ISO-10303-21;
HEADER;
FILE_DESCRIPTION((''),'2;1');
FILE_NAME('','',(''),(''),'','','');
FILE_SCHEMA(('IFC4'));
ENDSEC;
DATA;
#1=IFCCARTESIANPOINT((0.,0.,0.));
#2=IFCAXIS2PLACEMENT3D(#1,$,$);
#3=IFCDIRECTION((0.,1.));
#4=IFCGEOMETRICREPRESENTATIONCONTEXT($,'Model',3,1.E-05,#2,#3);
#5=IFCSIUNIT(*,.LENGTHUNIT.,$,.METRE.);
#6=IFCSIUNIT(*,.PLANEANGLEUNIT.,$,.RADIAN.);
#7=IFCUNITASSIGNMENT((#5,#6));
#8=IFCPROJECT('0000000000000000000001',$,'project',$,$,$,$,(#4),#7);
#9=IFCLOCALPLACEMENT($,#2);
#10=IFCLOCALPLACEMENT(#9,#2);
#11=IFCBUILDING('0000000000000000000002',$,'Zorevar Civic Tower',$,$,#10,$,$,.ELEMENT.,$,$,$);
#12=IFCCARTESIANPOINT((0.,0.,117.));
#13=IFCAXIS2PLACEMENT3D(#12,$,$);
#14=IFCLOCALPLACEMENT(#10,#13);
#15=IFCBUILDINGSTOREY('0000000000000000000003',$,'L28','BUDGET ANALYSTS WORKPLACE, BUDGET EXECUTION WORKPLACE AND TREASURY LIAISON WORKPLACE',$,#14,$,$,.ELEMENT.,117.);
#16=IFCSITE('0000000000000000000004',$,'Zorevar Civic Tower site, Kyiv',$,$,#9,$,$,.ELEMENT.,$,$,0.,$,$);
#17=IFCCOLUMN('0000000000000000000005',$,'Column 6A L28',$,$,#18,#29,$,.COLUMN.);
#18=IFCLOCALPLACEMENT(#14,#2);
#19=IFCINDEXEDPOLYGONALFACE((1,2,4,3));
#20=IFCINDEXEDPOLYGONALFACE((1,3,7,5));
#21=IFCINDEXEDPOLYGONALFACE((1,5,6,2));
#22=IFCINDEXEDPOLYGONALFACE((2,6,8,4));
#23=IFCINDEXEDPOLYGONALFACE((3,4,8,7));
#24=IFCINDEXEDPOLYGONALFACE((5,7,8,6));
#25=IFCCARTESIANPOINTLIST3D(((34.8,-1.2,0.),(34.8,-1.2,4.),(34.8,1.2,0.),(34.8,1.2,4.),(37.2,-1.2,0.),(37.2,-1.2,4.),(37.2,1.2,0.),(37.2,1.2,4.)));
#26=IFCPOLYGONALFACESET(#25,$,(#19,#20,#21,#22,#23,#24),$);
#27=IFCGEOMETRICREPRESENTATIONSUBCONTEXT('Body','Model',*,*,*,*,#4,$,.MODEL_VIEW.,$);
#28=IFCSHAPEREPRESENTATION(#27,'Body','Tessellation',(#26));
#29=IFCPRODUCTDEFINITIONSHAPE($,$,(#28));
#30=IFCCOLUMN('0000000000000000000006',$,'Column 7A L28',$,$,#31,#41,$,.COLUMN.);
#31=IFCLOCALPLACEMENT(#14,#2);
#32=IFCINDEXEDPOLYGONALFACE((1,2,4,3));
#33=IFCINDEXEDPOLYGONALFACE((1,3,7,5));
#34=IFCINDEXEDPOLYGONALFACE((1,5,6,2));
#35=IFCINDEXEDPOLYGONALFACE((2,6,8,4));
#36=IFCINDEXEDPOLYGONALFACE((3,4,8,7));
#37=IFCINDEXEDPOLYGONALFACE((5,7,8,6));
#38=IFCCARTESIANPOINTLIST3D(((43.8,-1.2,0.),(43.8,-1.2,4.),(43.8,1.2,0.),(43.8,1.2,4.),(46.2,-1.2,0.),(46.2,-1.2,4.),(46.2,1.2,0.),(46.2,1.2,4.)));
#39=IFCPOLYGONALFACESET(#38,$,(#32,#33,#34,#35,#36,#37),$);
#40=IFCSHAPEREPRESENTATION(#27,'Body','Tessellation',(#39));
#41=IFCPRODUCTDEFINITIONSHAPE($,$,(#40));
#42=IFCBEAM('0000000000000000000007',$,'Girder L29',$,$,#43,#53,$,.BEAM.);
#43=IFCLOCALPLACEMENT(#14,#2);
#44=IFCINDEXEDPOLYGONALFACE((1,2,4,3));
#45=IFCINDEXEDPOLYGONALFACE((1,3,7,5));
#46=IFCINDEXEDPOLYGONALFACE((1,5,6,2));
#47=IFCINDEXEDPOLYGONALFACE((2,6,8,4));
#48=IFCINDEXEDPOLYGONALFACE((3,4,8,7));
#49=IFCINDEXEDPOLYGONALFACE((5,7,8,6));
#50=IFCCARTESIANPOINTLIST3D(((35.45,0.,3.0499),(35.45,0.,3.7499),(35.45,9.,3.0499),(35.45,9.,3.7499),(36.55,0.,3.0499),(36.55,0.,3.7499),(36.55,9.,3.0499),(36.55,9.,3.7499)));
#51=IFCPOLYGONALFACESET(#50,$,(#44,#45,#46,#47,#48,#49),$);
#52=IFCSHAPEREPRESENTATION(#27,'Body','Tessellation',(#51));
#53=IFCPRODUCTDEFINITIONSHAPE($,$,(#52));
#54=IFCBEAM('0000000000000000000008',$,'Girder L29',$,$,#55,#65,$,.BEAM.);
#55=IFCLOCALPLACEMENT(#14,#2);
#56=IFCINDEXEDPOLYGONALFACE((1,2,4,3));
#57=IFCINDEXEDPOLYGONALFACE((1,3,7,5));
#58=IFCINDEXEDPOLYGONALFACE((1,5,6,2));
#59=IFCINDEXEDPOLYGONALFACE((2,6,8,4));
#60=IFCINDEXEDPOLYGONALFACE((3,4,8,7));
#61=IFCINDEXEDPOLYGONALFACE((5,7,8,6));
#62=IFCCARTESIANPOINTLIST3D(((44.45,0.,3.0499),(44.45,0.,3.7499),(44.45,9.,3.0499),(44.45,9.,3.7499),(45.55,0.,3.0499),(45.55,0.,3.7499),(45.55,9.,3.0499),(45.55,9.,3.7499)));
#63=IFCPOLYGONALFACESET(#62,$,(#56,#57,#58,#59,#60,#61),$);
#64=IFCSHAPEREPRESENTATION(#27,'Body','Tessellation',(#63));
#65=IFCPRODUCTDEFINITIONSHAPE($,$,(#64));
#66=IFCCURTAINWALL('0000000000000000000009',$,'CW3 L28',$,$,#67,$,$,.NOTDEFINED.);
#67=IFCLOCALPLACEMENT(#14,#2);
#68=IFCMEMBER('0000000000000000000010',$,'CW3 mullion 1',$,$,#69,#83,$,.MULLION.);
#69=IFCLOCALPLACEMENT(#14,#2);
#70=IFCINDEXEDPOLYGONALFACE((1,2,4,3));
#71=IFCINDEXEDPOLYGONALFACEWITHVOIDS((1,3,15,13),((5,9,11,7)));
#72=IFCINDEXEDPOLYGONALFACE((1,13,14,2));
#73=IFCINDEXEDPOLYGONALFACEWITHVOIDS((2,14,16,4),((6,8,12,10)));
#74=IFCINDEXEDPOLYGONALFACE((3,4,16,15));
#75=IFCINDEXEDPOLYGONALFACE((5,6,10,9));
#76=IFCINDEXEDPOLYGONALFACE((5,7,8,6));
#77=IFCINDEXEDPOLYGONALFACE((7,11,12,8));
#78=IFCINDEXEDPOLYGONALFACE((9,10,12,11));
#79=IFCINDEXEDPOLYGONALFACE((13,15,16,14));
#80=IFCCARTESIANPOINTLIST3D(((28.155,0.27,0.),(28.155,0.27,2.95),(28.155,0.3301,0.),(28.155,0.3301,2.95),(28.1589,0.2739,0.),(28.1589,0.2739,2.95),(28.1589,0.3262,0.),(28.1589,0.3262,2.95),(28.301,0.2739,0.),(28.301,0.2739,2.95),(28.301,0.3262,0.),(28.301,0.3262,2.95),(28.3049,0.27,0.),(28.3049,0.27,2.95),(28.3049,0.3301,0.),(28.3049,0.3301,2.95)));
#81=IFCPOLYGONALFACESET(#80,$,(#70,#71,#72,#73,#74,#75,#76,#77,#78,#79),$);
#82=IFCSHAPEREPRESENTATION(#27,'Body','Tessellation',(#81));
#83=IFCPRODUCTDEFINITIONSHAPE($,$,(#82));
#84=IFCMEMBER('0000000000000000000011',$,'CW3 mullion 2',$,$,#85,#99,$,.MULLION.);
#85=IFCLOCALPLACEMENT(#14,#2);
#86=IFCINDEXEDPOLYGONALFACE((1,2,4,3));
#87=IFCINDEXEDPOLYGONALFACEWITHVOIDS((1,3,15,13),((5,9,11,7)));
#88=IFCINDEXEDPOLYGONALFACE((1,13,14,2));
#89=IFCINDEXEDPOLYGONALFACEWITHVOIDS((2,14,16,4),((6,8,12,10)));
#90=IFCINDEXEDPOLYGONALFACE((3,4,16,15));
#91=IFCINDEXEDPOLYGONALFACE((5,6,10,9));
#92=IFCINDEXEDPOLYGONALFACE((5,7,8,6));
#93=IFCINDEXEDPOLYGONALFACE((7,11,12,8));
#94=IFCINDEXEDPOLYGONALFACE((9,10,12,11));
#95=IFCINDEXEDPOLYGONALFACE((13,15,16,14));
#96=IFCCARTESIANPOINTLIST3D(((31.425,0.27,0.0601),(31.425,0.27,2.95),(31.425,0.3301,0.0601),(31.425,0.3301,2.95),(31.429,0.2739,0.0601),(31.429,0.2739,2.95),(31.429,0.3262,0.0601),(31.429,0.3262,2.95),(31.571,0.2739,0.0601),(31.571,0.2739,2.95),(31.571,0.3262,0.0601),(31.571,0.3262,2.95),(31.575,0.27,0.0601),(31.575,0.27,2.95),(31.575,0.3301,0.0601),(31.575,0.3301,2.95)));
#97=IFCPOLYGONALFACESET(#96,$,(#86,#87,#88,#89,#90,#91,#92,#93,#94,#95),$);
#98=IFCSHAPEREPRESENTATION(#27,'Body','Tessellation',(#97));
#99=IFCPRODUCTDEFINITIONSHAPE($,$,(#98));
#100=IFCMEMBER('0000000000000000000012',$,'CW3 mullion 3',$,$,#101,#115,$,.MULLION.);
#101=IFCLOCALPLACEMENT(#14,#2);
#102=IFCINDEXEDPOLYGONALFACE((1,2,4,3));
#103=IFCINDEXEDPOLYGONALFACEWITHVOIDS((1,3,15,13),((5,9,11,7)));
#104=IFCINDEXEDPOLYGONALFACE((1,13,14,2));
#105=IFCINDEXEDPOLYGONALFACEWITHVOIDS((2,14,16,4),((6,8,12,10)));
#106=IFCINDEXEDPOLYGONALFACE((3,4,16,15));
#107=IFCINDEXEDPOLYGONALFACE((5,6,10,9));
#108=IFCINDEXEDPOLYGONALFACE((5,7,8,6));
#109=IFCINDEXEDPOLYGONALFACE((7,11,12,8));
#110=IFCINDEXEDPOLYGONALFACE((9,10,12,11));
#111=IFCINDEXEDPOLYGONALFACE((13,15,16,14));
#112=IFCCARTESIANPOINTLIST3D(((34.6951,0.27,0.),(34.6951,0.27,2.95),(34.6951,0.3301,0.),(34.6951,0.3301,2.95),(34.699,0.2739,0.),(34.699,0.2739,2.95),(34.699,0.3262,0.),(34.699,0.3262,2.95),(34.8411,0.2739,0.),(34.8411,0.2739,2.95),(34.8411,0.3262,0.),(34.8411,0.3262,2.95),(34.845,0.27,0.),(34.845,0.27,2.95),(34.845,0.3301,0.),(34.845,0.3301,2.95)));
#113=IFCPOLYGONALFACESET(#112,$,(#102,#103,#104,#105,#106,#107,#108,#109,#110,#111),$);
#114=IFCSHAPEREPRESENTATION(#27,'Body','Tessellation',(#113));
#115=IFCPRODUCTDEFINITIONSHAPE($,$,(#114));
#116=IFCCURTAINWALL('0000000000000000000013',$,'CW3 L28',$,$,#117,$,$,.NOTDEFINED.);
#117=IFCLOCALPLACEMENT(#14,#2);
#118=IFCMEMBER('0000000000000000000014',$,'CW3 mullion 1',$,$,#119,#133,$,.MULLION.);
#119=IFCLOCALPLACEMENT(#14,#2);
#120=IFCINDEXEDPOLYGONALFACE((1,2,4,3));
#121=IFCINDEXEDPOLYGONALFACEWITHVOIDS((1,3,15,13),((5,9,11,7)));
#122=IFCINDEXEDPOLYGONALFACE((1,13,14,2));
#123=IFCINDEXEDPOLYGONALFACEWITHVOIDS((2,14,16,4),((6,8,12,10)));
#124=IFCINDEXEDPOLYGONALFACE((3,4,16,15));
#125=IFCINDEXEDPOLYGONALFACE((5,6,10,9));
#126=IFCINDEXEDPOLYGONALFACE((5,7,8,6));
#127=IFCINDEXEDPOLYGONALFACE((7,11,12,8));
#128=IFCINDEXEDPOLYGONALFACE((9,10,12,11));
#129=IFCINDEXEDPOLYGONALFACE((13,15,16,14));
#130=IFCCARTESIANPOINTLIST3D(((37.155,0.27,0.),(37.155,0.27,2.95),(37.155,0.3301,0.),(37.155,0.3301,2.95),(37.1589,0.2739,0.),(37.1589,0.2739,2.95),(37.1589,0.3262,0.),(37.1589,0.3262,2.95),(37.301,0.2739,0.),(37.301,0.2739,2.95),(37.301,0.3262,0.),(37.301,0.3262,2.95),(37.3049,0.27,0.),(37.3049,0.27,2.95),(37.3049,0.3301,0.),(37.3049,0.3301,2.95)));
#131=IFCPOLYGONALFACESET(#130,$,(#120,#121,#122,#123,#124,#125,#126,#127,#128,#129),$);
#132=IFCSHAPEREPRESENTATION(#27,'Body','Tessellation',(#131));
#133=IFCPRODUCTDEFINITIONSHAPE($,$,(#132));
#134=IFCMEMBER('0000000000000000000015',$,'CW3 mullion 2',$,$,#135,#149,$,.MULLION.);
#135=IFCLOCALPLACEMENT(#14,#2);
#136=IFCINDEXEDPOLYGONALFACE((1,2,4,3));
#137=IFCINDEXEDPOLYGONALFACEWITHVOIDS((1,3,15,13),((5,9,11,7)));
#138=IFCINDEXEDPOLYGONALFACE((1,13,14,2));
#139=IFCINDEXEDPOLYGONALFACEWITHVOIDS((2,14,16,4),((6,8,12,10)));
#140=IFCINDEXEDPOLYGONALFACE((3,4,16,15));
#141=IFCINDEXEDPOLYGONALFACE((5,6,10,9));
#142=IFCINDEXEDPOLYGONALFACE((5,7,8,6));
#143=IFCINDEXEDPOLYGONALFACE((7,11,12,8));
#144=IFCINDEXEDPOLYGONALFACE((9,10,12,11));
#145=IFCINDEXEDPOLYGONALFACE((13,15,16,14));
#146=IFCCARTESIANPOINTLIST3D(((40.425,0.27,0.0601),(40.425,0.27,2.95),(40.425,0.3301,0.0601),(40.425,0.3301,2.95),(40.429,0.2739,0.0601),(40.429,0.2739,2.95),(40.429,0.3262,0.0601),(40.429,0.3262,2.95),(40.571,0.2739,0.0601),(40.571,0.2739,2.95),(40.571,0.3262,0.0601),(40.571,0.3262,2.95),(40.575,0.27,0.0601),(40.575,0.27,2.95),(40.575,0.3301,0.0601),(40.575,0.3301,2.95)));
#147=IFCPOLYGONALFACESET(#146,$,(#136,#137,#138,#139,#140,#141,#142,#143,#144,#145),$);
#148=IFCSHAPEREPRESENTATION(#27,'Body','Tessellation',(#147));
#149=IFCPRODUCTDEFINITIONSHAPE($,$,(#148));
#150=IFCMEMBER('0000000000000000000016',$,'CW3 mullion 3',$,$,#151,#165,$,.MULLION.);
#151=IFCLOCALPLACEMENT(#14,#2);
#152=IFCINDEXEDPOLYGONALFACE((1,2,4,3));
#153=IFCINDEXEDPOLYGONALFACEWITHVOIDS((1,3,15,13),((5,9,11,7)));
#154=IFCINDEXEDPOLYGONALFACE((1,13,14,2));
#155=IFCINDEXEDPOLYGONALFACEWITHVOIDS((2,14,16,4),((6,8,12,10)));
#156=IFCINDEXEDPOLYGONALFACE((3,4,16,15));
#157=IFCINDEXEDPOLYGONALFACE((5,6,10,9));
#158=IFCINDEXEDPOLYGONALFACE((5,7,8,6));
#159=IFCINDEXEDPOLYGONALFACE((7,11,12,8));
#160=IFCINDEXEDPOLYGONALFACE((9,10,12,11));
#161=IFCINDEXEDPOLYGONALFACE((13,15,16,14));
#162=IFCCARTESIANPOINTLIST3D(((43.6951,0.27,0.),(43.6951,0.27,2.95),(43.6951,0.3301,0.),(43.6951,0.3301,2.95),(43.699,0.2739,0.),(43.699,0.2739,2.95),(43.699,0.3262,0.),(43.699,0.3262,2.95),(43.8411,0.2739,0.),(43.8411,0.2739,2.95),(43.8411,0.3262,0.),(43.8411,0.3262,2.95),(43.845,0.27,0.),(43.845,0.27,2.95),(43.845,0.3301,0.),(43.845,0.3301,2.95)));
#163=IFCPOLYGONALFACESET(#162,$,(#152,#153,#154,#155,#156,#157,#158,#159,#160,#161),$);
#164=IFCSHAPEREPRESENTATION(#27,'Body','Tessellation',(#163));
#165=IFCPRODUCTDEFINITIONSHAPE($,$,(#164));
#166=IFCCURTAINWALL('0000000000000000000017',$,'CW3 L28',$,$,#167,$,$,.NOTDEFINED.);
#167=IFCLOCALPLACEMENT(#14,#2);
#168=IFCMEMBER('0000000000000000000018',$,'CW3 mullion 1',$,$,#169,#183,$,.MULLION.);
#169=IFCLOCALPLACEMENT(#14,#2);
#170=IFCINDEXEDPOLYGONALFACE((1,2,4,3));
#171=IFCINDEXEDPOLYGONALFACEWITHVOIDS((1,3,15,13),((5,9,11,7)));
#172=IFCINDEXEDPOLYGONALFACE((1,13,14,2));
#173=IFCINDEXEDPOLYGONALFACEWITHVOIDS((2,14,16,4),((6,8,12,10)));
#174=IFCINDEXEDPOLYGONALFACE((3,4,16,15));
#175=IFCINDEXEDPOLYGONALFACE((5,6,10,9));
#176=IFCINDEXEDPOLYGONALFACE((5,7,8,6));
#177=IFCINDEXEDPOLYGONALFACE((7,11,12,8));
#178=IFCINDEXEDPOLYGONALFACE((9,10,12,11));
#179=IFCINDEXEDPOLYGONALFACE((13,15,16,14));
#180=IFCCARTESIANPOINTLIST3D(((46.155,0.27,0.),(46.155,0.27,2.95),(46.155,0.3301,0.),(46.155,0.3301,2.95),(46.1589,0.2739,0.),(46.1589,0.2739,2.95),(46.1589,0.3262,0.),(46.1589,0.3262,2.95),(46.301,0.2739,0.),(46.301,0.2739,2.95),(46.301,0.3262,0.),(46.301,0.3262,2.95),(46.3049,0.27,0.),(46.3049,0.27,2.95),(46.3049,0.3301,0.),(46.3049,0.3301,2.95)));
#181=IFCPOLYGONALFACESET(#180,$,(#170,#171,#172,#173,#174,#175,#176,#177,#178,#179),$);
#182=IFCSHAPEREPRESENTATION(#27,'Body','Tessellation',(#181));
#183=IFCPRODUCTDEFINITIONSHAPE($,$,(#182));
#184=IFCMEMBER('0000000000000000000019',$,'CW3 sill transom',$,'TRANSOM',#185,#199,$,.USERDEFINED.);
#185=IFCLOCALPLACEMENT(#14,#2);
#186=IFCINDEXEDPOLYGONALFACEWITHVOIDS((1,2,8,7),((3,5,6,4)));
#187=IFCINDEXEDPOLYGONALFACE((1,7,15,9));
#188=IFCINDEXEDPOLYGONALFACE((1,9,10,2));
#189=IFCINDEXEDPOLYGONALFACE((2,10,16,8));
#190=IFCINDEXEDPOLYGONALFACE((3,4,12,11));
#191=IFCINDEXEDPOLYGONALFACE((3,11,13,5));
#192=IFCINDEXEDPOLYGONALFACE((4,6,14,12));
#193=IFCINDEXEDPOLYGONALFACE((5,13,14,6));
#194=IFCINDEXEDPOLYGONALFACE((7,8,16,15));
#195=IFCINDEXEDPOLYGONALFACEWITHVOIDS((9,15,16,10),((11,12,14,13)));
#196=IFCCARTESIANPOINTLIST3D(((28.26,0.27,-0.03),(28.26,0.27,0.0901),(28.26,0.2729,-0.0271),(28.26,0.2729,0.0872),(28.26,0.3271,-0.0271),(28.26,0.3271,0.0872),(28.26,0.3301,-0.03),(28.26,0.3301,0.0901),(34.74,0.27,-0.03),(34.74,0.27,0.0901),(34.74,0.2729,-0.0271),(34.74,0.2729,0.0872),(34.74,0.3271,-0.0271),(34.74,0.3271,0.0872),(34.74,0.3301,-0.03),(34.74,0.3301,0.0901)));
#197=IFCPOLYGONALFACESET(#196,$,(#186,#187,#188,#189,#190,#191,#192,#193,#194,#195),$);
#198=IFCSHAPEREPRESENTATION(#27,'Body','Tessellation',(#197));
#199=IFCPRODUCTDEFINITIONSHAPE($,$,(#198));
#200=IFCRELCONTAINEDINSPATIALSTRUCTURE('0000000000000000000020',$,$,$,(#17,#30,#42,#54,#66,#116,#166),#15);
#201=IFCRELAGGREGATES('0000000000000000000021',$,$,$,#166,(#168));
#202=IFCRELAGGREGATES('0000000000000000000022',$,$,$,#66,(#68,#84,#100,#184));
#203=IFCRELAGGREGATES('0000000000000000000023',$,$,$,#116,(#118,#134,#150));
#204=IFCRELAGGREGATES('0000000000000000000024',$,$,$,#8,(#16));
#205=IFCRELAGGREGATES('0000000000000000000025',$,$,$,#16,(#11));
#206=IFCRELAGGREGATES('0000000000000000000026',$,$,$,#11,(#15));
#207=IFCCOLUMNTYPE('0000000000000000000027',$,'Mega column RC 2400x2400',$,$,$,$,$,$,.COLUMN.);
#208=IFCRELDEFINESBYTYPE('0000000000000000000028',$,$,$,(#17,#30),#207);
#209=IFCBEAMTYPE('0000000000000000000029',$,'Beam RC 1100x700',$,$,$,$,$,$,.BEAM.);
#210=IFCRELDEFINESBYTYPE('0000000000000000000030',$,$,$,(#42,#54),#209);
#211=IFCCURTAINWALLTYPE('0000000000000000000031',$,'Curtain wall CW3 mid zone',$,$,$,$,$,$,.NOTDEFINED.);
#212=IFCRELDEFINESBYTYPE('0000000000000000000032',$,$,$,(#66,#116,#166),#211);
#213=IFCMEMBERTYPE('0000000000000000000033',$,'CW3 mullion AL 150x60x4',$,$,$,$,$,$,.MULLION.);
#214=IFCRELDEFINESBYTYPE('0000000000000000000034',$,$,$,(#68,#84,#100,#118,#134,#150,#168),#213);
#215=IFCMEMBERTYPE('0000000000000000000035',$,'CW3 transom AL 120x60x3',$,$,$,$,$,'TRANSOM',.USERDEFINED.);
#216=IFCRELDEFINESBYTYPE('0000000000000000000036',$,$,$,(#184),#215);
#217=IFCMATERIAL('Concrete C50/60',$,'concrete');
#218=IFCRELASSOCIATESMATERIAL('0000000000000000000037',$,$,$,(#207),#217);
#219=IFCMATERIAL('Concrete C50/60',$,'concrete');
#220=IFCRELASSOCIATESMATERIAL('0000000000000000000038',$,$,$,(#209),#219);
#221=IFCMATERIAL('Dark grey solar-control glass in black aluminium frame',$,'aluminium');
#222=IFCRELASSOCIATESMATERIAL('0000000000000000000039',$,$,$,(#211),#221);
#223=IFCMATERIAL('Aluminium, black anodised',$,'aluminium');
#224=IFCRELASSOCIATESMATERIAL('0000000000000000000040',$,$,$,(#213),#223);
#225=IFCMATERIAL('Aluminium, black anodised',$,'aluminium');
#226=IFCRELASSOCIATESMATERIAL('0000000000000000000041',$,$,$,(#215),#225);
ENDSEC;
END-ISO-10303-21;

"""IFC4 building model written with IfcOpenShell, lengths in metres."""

from ifc_helpers import new_model, si_unit, direction, frame, origin, origin_2d, place, context, subcontext, project, spatial, rectangle, hollow_rectangle, extrude, material, material_profile, profile_set, type_object, element, aggregate, save


model = new_model("IFC4")

# Units and contexts
model_context = context("Model", 3, precision=1e-05, world=origin(), true_north=direction((0.0, 1.0)))
body_context = subcontext(model_context, "Body", "Model", "MODEL_VIEW")
ifc_project = project(units=[si_unit("LENGTHUNIT", "METRE"), si_unit("PLANEANGLEUNIT", "RADIAN")], contexts=[model_context])

# Site, building, storey
site_placement = place(None, origin())
site = spatial("IfcSite", under=ifc_project, at=site_placement, Name="Zorevar Civic Tower site, Kyiv", CompositionType="ELEMENT", RefElevation=0.0)
building_placement = place(site_placement, origin())
building = spatial("IfcBuilding", under=site, at=building_placement, Name="Zorevar Civic Tower", CompositionType="ELEMENT")
storey_placement = place(building_placement, frame((0.0, 0.0, 117.0)))
storey = spatial("IfcBuildingStorey", under=building, at=storey_placement, Name="L28", Description="BUDGET ANALYSTS WORKPLACE, BUDGET EXECUTION WORKPLACE AND TREASURY LIAISON WORKPLACE", CompositionType="ELEMENT", Elevation=117.0)

# Columns
ifc_material_1 = material(Name="Concrete C50/60", Category="concrete")
ifc_material_profile_1 = material_profile(ifc_material_1, rectangle(XDim=2.3999, YDim=2.3999, at=origin_2d()), Name="RC 2400x2400")
ifc_profile_set_1 = profile_set([ifc_material_profile_1], Name="Concrete C50/60")
column_type = type_object("IfcColumnType", Name="Mega column RC 2400x2400", PredefinedType="COLUMN", material=ifc_profile_set_1)
for number, where, z_axis, x_axis, name in (
    (1, (36.0, 0.0, 0.0), (0.0, 0.0, 1.0), (1.0, 0.0, 0.0), "Column 6A L28"),
    (2, (45.0, 0.0, 0.0), (0.0, 0.0, 1.0), (1.0, 0.0, 0.0), "Column 7A L28"),
):
    element("IfcColumn", number, at=place(storey_placement, frame(where, z_axis=z_axis, x_axis=x_axis)), inside=storey, type_object=column_type, Name=name, PredefinedType="COLUMN", context=body_context, shape_type="SweptSolid", body=[
        extrude(rectangle(XDim=2.3999, YDim=2.3999, at=origin_2d()), origin(), (0.0, 0.0, 1.0), 4.0),
    ])

# Beams
ifc_material_2 = material(Name="Concrete C50/60", Category="concrete")
ifc_material_profile_2 = material_profile(ifc_material_2, rectangle(XDim=1.1001, YDim=0.7, at=origin_2d()), Name="RC 1100x700")
ifc_profile_set_2 = profile_set([ifc_material_profile_2], Name="Concrete C50/60")
beam_type_1 = type_object("IfcBeamType", Name="Beam RC 1100x700", PredefinedType="BEAM", material=ifc_profile_set_2)
for number, where, z_axis, x_axis, name in (
    (3, (36.0, 0.0, 3.3999), (0.0, 1.0, 0.0), (-1.0, 0.0, 0.0), "Girder L29"),
    (4, (45.0, 0.0, 3.3999), (0.0, 1.0, 0.0), (-1.0, 0.0, 0.0), "Girder L29"),
):
    element("IfcBeam", number, at=place(storey_placement, frame(where, z_axis=z_axis, x_axis=x_axis)), inside=storey, type_object=beam_type_1, Name=name, PredefinedType="BEAM", context=body_context, shape_type="SweptSolid", body=[
        extrude(rectangle(XDim=1.1001, YDim=0.7, at=origin_2d()), origin(), (0.0, 0.0, 1.0), 9.0),
    ])

# Curtain walls, members
ifc_material_3 = material(Name="Dark grey solar-control glass in black aluminium frame", Category="aluminium")
curtain_wall_type = type_object("IfcCurtainWallType", Name="Curtain wall CW3 mid zone", PredefinedType="NOTDEFINED", material=ifc_material_3)
curtain_wall_1_placement = place(storey_placement, origin())
curtain_wall_1 = element("IfcCurtainWall", 5, at=curtain_wall_1_placement, inside=storey, type_object=curtain_wall_type, Name="CW3 L28", PredefinedType="NOTDEFINED")
ifc_material_4 = material(Name="Aluminium, black anodised", Category="aluminium")
ifc_material_profile_3 = material_profile(ifc_material_4, hollow_rectangle(XDim=0.0601, YDim=0.1499, WallThickness=0.0039, at=origin_2d()), Name="AL 150x60x4")
ifc_profile_set_3 = profile_set([ifc_material_profile_3], Name="Aluminium, black anodised")
member_type_1 = type_object("IfcMemberType", Name="CW3 mullion AL 150x60x4", PredefinedType="MULLION", material=ifc_profile_set_3)
member_1_placement = place(storey_placement, frame((28.23, 0.3, 0.0), z_axis=(0.0, 0.0, 1.0), x_axis=(0.0, 1.0, 0.0)))
member_1 = element("IfcMember", 6, at=member_1_placement, type_object=member_type_1, Name="CW3 mullion 1", PredefinedType="MULLION", context=body_context, shape_type="SweptSolid", body=[
    extrude(hollow_rectangle(XDim=0.0601, YDim=0.1499, WallThickness=0.0039, at=origin_2d()), origin(), (0.0, 0.0, 1.0), 2.95),
])
member_2_placement = place(storey_placement, frame((31.5, 0.3, 0.0601), z_axis=(0.0, 0.0, 1.0), x_axis=(0.0, 1.0, 0.0)))
member_2 = element("IfcMember", 7, at=member_2_placement, type_object=member_type_1, Name="CW3 mullion 2", PredefinedType="MULLION", context=body_context, shape_type="SweptSolid", body=[
    extrude(hollow_rectangle(XDim=0.0601, YDim=0.1499, WallThickness=0.0039, at=origin_2d()), origin(), (0.0, 0.0, 1.0), 2.8899),
])
member_3_placement = place(storey_placement, frame((34.77, 0.3, 0.0), z_axis=(0.0, 0.0, 1.0), x_axis=(0.0, 1.0, 0.0)))
member_3 = element("IfcMember", 8, at=member_3_placement, type_object=member_type_1, Name="CW3 mullion 3", PredefinedType="MULLION", context=body_context, shape_type="SweptSolid", body=[
    extrude(hollow_rectangle(XDim=0.0601, YDim=0.1499, WallThickness=0.0039, at=origin_2d()), origin(), (0.0, 0.0, 1.0), 2.95),
])
curtain_wall_2_placement = place(storey_placement, origin())
curtain_wall_2 = element("IfcCurtainWall", 9, at=curtain_wall_2_placement, inside=storey, type_object=curtain_wall_type, Name="CW3 L28", PredefinedType="NOTDEFINED")
member_4_placement = place(storey_placement, frame((37.23, 0.3, 0.0), z_axis=(0.0, 0.0, 1.0), x_axis=(0.0, 1.0, 0.0)))
member_4 = element("IfcMember", 10, at=member_4_placement, type_object=member_type_1, Name="CW3 mullion 1", PredefinedType="MULLION", context=body_context, shape_type="SweptSolid", body=[
    extrude(hollow_rectangle(XDim=0.0601, YDim=0.1499, WallThickness=0.0039, at=origin_2d()), origin(), (0.0, 0.0, 1.0), 2.95),
])
member_5_placement = place(storey_placement, frame((40.5, 0.3, 0.0601), z_axis=(0.0, 0.0, 1.0), x_axis=(0.0, 1.0, 0.0)))
member_5 = element("IfcMember", 11, at=member_5_placement, type_object=member_type_1, Name="CW3 mullion 2", PredefinedType="MULLION", context=body_context, shape_type="SweptSolid", body=[
    extrude(hollow_rectangle(XDim=0.0601, YDim=0.1499, WallThickness=0.0039, at=origin_2d()), origin(), (0.0, 0.0, 1.0), 2.8899),
])
member_6_placement = place(storey_placement, frame((43.77, 0.3, 0.0), z_axis=(0.0, 0.0, 1.0), x_axis=(0.0, 1.0, 0.0)))
member_6 = element("IfcMember", 12, at=member_6_placement, type_object=member_type_1, Name="CW3 mullion 3", PredefinedType="MULLION", context=body_context, shape_type="SweptSolid", body=[
    extrude(hollow_rectangle(XDim=0.0601, YDim=0.1499, WallThickness=0.0039, at=origin_2d()), origin(), (0.0, 0.0, 1.0), 2.95),
])

# Curtain wall, member
curtain_wall_3_placement = place(storey_placement, origin())
curtain_wall_3 = element("IfcCurtainWall", 13, at=curtain_wall_3_placement, inside=storey, type_object=curtain_wall_type, Name="CW3 L28", PredefinedType="NOTDEFINED")
member_7_placement = place(storey_placement, frame((46.23, 0.3, 0.0), z_axis=(0.0, 0.0, 1.0), x_axis=(0.0, 1.0, 0.0)))
member_7 = element("IfcMember", 14, at=member_7_placement, type_object=member_type_1, Name="CW3 mullion 1", PredefinedType="MULLION", context=body_context, shape_type="SweptSolid", body=[
    extrude(hollow_rectangle(XDim=0.0601, YDim=0.1499, WallThickness=0.0039, at=origin_2d()), origin(), (0.0, 0.0, 1.0), 2.95),
])

# Member
ifc_material_5 = material(Name="Aluminium, black anodised", Category="aluminium")
ifc_material_profile_4 = material_profile(ifc_material_5, hollow_rectangle(XDim=0.0601, YDim=0.1201, WallThickness=0.0029, at=origin_2d()), Name="AL 120x60x3")
ifc_profile_set_4 = profile_set([ifc_material_profile_4], Name="Aluminium, black anodised")
member_type_2 = type_object("IfcMemberType", Name="CW3 transom AL 120x60x3", ElementType="TRANSOM", PredefinedType="USERDEFINED", material=ifc_profile_set_4)
member_8_placement = place(storey_placement, frame((28.26, 0.3, 0.03), z_axis=(1.0, 0.0, 0.0), x_axis=(0.0, 1.0, 0.0)))
member_8 = element("IfcMember", 15, at=member_8_placement, type_object=member_type_2, Name="CW3 sill transom", ObjectType="TRANSOM", PredefinedType="USERDEFINED", context=body_context, shape_type="SweptSolid", body=[
    extrude(hollow_rectangle(XDim=0.0601, YDim=0.1201, WallThickness=0.0029, at=origin_2d()), origin(), (0.0, 0.0, 1.0), 6.48),
])
aggregate(curtain_wall_3, [member_7])

aggregate(curtain_wall_1, [member_1, member_2, member_3, member_8])
aggregate(curtain_wall_2, [member_4, member_5, member_6])

save(model, "model.ifc")
